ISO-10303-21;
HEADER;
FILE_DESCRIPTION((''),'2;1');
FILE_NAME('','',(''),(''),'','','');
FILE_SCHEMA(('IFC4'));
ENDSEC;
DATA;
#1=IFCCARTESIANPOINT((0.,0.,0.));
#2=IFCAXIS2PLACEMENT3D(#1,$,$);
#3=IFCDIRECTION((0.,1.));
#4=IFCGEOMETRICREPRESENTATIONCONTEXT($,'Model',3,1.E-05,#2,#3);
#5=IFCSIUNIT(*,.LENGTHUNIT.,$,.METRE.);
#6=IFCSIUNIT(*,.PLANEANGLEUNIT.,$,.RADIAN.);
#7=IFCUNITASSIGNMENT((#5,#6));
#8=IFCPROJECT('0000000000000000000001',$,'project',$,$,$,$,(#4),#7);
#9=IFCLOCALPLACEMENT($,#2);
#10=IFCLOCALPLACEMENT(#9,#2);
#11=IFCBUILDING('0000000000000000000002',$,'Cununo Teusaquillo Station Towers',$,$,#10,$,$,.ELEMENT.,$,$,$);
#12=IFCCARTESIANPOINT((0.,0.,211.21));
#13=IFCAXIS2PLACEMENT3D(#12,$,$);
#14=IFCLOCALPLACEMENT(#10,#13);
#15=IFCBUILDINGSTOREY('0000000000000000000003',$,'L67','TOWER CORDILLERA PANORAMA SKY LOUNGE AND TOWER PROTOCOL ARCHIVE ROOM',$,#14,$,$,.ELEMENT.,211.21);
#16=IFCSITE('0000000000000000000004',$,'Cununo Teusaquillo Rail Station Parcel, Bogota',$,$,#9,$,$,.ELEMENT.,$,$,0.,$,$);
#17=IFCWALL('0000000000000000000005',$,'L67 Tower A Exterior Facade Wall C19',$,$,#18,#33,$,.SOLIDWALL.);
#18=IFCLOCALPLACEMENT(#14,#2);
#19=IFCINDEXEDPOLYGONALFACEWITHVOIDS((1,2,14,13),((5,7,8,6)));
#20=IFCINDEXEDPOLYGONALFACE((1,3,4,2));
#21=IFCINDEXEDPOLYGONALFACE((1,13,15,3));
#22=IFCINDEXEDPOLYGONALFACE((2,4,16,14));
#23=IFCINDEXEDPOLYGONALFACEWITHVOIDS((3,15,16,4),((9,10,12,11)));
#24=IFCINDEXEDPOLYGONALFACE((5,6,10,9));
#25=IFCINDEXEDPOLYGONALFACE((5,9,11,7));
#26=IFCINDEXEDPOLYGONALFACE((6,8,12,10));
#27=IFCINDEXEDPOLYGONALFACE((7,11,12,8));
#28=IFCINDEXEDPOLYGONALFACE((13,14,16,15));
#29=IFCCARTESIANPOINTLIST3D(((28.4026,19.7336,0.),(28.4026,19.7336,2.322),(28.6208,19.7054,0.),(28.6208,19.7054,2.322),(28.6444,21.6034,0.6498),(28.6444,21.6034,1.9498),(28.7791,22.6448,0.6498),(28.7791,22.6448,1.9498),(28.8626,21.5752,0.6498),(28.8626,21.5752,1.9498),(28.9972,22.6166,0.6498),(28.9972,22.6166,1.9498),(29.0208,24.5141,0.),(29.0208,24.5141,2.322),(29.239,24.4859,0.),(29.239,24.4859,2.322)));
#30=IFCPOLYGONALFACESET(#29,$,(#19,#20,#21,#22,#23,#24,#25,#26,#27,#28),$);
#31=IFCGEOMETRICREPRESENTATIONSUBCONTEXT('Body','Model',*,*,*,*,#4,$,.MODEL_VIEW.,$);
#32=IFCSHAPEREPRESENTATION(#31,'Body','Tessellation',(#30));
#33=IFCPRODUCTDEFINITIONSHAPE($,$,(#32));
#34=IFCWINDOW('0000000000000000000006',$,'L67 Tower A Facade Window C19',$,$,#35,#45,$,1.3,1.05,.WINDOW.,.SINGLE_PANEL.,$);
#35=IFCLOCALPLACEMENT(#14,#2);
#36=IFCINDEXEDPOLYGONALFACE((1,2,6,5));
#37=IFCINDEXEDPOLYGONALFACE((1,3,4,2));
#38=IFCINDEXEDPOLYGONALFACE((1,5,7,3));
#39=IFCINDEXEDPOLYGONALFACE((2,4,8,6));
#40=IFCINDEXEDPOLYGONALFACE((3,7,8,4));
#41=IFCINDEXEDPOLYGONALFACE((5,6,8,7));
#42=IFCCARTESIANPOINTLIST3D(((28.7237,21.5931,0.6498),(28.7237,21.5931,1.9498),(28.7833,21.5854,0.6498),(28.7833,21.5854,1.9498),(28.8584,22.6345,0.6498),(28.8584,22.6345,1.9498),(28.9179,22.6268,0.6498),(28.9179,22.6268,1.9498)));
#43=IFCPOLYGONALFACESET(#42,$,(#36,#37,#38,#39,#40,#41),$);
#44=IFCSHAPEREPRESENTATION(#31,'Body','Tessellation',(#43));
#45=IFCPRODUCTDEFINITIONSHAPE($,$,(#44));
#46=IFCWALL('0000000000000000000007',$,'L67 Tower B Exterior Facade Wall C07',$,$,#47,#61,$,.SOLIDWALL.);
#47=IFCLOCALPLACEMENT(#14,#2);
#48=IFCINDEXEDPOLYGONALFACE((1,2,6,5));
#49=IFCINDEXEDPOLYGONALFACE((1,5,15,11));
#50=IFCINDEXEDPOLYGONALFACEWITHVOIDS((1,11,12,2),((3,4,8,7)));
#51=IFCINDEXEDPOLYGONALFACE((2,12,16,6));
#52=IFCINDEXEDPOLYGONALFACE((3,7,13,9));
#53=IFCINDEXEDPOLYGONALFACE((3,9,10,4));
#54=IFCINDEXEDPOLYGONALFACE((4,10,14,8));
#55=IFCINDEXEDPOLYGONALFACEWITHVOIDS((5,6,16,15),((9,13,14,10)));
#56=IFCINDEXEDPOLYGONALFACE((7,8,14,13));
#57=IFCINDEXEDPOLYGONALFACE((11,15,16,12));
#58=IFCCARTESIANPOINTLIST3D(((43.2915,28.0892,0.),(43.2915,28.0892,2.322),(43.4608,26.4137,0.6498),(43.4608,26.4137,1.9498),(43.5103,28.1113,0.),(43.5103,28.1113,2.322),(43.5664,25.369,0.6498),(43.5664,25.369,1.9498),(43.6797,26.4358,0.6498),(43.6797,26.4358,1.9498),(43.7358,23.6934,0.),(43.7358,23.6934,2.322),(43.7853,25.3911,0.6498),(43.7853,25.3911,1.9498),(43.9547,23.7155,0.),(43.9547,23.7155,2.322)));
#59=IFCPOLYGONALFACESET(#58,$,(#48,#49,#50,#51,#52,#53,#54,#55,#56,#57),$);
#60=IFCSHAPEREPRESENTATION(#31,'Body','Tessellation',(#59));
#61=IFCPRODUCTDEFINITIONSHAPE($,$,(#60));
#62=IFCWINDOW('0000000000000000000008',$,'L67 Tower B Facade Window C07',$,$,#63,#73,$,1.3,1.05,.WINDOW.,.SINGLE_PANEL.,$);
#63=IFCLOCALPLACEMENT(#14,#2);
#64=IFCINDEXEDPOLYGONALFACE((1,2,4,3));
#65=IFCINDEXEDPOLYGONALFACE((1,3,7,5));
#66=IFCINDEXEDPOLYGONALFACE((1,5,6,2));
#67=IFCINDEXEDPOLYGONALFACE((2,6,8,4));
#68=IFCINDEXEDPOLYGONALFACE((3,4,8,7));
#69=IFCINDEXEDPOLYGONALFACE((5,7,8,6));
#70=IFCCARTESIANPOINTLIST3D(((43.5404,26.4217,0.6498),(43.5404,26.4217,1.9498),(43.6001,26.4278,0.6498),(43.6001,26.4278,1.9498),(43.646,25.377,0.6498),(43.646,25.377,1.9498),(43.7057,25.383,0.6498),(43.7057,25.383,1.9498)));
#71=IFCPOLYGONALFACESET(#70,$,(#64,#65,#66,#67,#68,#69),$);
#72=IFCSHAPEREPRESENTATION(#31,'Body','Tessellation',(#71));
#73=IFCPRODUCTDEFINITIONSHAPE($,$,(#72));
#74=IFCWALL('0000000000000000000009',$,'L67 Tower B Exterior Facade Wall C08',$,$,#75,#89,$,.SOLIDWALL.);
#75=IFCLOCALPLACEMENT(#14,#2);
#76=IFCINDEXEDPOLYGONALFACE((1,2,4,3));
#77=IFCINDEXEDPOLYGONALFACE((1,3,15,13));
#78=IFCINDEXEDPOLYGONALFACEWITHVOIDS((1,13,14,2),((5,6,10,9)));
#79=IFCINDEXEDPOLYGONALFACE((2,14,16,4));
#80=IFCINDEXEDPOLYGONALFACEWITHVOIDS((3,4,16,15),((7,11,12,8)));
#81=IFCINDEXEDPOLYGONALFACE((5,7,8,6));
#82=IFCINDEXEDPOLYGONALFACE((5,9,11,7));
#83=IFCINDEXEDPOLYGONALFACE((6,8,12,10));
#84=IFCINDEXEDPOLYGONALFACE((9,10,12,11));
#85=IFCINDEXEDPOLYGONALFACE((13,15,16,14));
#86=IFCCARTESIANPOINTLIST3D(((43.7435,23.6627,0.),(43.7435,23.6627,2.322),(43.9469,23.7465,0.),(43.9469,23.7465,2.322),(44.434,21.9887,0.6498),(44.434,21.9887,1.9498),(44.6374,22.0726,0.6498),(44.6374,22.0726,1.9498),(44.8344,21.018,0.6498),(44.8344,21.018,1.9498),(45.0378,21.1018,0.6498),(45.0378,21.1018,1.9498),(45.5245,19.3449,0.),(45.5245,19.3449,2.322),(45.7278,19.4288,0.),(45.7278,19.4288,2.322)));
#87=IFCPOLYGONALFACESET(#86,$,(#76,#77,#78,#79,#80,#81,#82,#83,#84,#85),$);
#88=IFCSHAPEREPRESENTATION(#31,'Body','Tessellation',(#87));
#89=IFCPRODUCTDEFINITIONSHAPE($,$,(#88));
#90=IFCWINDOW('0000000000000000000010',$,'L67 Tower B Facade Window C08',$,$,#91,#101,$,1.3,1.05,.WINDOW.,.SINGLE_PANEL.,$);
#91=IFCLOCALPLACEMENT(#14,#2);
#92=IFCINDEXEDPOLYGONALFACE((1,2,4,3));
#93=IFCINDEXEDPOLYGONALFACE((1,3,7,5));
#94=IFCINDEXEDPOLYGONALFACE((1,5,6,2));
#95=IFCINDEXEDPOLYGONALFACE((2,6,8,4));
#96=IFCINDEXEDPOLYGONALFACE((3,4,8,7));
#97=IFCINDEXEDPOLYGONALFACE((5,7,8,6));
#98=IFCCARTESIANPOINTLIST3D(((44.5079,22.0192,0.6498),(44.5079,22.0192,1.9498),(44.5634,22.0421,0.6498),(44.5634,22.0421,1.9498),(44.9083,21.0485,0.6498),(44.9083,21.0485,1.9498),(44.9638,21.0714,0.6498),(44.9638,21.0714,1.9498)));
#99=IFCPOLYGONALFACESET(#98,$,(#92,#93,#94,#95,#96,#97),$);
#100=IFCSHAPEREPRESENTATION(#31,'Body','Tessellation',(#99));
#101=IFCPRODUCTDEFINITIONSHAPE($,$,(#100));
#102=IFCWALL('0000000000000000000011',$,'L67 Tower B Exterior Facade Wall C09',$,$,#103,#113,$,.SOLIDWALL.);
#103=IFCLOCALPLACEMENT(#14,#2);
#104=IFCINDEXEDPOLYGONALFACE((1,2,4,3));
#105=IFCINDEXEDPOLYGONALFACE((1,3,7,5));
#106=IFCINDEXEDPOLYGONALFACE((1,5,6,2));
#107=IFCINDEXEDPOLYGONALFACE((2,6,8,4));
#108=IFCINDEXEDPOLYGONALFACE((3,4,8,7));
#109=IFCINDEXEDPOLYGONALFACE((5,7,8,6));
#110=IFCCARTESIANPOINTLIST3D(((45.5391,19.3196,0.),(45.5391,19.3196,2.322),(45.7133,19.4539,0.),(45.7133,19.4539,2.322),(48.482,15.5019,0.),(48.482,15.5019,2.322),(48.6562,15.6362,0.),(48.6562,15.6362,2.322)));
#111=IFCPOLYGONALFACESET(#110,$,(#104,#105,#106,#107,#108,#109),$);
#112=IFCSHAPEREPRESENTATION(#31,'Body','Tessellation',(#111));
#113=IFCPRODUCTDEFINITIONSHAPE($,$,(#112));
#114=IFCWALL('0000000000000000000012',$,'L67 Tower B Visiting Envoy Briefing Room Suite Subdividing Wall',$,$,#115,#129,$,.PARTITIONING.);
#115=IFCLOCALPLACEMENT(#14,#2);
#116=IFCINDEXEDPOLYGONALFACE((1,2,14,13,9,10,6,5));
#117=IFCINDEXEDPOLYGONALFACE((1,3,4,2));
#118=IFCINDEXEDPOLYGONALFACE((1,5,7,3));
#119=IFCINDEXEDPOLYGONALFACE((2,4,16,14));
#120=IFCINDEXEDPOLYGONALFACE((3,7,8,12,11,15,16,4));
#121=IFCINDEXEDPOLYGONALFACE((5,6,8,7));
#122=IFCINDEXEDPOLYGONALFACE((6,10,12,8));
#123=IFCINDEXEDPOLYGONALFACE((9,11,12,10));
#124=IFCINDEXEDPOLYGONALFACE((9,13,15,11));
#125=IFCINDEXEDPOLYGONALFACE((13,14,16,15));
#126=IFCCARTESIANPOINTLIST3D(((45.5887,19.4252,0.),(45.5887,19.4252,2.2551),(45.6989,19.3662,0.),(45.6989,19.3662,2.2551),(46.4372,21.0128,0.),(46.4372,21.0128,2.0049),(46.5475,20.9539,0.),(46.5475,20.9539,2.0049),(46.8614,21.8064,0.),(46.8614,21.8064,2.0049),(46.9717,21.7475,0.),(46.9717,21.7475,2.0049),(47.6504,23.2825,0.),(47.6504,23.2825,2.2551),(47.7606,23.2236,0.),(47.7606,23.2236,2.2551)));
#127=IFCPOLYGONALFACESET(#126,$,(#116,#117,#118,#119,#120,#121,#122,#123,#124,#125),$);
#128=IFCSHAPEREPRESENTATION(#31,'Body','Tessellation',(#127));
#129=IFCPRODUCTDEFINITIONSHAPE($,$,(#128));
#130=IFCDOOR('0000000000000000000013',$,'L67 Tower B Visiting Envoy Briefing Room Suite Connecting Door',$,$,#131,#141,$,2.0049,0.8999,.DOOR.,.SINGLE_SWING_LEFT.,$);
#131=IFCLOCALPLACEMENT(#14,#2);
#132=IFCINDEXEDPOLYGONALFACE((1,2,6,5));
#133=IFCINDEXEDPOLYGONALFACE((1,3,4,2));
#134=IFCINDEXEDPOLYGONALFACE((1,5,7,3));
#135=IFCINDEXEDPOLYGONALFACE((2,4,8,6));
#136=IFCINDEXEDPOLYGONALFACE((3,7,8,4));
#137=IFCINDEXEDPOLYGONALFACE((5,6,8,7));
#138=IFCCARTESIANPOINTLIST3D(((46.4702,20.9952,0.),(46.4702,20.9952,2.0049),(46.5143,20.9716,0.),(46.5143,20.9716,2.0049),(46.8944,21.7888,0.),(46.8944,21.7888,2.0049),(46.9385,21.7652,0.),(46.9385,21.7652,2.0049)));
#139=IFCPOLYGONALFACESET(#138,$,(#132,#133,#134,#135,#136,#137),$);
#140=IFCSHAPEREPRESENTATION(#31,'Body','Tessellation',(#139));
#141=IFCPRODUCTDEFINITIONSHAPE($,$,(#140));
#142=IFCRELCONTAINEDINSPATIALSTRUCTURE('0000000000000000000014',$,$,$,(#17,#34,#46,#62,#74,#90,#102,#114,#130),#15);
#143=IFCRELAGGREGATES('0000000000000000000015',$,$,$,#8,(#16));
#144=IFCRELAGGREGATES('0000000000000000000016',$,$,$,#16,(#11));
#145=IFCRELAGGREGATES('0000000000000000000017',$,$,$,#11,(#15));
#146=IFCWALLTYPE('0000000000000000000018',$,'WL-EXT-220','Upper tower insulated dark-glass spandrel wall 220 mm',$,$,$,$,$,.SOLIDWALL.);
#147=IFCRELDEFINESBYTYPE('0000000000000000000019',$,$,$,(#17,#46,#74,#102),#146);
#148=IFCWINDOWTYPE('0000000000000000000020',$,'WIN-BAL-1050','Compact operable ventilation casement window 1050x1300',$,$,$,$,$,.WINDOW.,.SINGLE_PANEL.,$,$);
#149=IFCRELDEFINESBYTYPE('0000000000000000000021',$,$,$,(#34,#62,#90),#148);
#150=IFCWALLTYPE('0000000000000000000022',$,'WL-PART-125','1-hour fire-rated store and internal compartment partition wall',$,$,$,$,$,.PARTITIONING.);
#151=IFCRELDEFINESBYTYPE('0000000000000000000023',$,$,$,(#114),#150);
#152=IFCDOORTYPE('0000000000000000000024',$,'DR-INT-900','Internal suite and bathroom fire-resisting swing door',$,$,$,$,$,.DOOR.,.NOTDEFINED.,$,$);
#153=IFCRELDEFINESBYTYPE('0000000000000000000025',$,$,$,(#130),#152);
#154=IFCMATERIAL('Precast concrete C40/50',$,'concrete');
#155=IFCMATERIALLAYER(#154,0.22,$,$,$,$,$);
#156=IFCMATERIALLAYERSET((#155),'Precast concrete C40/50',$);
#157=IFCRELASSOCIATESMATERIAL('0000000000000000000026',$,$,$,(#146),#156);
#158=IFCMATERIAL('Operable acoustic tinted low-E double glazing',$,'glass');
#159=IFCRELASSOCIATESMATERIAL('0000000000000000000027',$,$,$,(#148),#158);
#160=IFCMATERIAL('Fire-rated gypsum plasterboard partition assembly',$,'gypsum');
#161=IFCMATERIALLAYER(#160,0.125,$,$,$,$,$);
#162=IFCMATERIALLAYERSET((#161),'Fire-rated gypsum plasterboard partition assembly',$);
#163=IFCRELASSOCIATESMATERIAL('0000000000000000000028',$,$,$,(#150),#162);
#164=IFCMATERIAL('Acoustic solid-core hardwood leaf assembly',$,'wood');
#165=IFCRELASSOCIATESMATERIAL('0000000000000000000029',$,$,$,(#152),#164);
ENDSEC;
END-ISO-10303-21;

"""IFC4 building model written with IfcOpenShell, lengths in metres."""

from ifc_helpers import new_model, si_unit, direction, frame, frame_2d, origin, place, context, subcontext, project, spatial, rectangle, extrude, source, transform, mapped, material, layer, layer_set, type_object, element, fill, save


model = new_model("IFC4")

# Units and contexts
model_context = context("Model", 3, precision=1e-05, world=origin(), true_north=direction((0.0, 1.0)))
body_context = subcontext(model_context, "Body", "Model", "MODEL_VIEW")
ifc_project = project(units=[si_unit("LENGTHUNIT", "METRE"), si_unit("PLANEANGLEUNIT", "RADIAN")], contexts=[model_context])

# Site, building, storey
site_placement = place(None, origin())
site = spatial("IfcSite", under=ifc_project, at=site_placement, Name="Cununo Teusaquillo Rail Station Parcel, Bogota", CompositionType="ELEMENT", RefElevation=0.0)
building_placement = place(site_placement, origin())
building = spatial("IfcBuilding", under=site, at=building_placement, Name="Cununo Teusaquillo Station Towers", CompositionType="ELEMENT")
storey_placement = place(building_placement, frame((0.0, 0.0, 211.21)))
storey = spatial("IfcBuildingStorey", under=building, at=storey_placement, Name="L67", Description="TOWER CORDILLERA PANORAMA SKY LOUNGE AND TOWER PROTOCOL ARCHIVE ROOM", CompositionType="ELEMENT", Elevation=211.21)

# Shared definitions
ifc_material_1 = material(Name="Precast concrete C40/50", Category="concrete")
ifc_layer_1 = layer(ifc_material_1, 0.22)
ifc_layer_set_1 = layer_set([ifc_layer_1], Name="Precast concrete C40/50")
wall_type_1 = type_object("IfcWallType", Name="WL-EXT-220", Description="Upper tower insulated dark-glass spandrel wall 220 mm", PredefinedType="SOLIDWALL", material=ifc_layer_set_1)

# Walls, openings, windows
wall_1_placement = place(storey_placement, frame((29.1299, 24.5, 0.0), z_axis=(0.0, 0.0, 1.0), x_axis=(-0.128241, -0.991743, 0.0)))
wall_1 = element("IfcWall", 1, at=wall_1_placement, inside=storey, type_object=wall_type_1, Name="L67 Tower A Exterior Facade Wall C19", PredefinedType="SOLIDWALL", context=body_context, shape_type="SweptSolid", body=[
    extrude(rectangle(XDim=4.8203, YDim=0.22, at=frame_2d((2.4102, 0.0))), origin(), (0.0, 0.0, 1.0), 2.322),
])
shared_shape_1 = source(origin(), body_context, "Body", "SweptSolid", [
    extrude(rectangle(XDim=1.05, YDim=1.3, at=frame_2d((0.5249, 0.6499))), frame((0.0, 0.1199, 0.0), z_axis=(0.0, -1.0, 0.0), x_axis=(1.0, 0.0, 0.0)), (0.0, 0.0, 1.0), 0.24),
])
opening_1_placement = place(wall_1_placement, frame((1.885, 0.0, 0.6499)))
opening_1 = element("IfcOpeningElement", 2, at=opening_1_placement, cuts=wall_1, PredefinedType="OPENING", context=body_context, shape_type="MappedRepresentation", body=[
    mapped(shared_shape_1, transform((0.0, 0.0, 0.0), x_axis=(1.0, 0.0, 0.0), y_axis=(0.0, 1.0, 0.0), z_axis=(0.0, 0.0, 1.0), scale=1.0)),
])
ifc_material_2 = material(Name="Operable acoustic tinted low-E double glazing", Category="glass")
window_type = type_object("IfcWindowType", Name="WIN-BAL-1050", Description="Compact operable ventilation casement window 1050x1300", PartitioningType="SINGLE_PANEL", PredefinedType="WINDOW", material=ifc_material_2)
shared_shape_2 = source(origin(), body_context, "Body", "SweptSolid", [
    extrude(rectangle(XDim=1.05, YDim=1.3, at=frame_2d((0.5249, 0.6499))), frame((0.0, 0.03, 0.0), z_axis=(0.0, -1.0, 0.0), x_axis=(1.0, 0.0, 0.0)), (0.0, 0.0, 1.0), 0.0601),
])
window_1_placement = place(opening_1_placement, origin())
window_1 = element("IfcWindow", 3, at=window_1_placement, inside=storey, type_object=window_type, Name="L67 Tower A Facade Window C19", OverallHeight=1.3, OverallWidth=1.05, PartitioningType="SINGLE_PANEL", PredefinedType="WINDOW", context=body_context, shape_type="MappedRepresentation", body=[
    mapped(shared_shape_2, transform((0.0, 0.0, 0.0), x_axis=(1.0, 0.0, 0.0), y_axis=(0.0, 1.0, 0.0), z_axis=(0.0, 0.0, 1.0), scale=1.0)),
])
fill(opening_1, window_1)
wall_2_placement = place(storey_placement, frame((43.8452, 23.7046, 0.0), z_axis=(0.0, 0.0, 1.0), x_axis=(-0.100571, 0.99493, 0.0)))
wall_2 = element("IfcWall", 4, at=wall_2_placement, inside=storey, type_object=wall_type_1, Name="L67 Tower B Exterior Facade Wall C07", PredefinedType="SOLIDWALL", context=body_context, shape_type="SweptSolid", body=[
    extrude(rectangle(XDim=4.4182, YDim=0.22, at=frame_2d((2.209, 0.0))), origin(), (0.0, 0.0, 1.0), 2.322),
])
opening_2_placement = place(wall_2_placement, frame((1.6841, 0.0, 0.6499)))
opening_2 = element("IfcOpeningElement", 5, at=opening_2_placement, cuts=wall_2, PredefinedType="OPENING", context=body_context, shape_type="MappedRepresentation", body=[
    mapped(shared_shape_1, transform((0.0, 0.0, 0.0), x_axis=(1.0, 0.0, 0.0), y_axis=(0.0, 1.0, 0.0), z_axis=(0.0, 0.0, 1.0), scale=1.0)),
])
window_2_placement = place(opening_2_placement, origin())
window_2 = element("IfcWindow", 6, at=window_2_placement, inside=storey, type_object=window_type, Name="L67 Tower B Facade Window C07", OverallHeight=1.3, OverallWidth=1.05, PartitioningType="SINGLE_PANEL", PredefinedType="WINDOW", context=body_context, shape_type="MappedRepresentation", body=[
    mapped(shared_shape_2, transform((0.0, 0.0, 0.0), x_axis=(1.0, 0.0, 0.0), y_axis=(0.0, 1.0, 0.0), z_axis=(0.0, 0.0, 1.0), scale=1.0)),
])
fill(opening_2, window_2)
wall_3_placement = place(storey_placement, frame((45.6262, 19.3867, 0.0), z_axis=(0.0, 0.0, 1.0), x_axis=(-0.38131, 0.924447, 0.0)))
wall_3 = element("IfcWall", 7, at=wall_3_placement, inside=storey, type_object=wall_type_1, Name="L67 Tower B Exterior Facade Wall C08", PredefinedType="SOLIDWALL", context=body_context, shape_type="SweptSolid", body=[
    extrude(rectangle(XDim=4.6707, YDim=0.22, at=frame_2d((2.3354, 0.0))), origin(), (0.0, 0.0, 1.0), 2.322),
])
opening_3_placement = place(wall_3_placement, frame((1.8101, 0.0, 0.6499)))
opening_3 = element("IfcOpeningElement", 8, at=opening_3_placement, cuts=wall_3, PredefinedType="OPENING", context=body_context, shape_type="MappedRepresentation", body=[
    mapped(shared_shape_1, transform((0.0, 0.0, 0.0), x_axis=(1.0, 0.0, 0.0), y_axis=(0.0, 1.0, 0.0), z_axis=(0.0, 0.0, 1.0), scale=1.0)),
])
window_3_placement = place(opening_3_placement, origin())
window_3 = element("IfcWindow", 9, at=window_3_placement, inside=storey, type_object=window_type, Name="L67 Tower B Facade Window C08", OverallHeight=1.3, OverallWidth=1.05, PartitioningType="SINGLE_PANEL", PredefinedType="WINDOW", context=body_context, shape_type="MappedRepresentation", body=[
    mapped(shared_shape_2, transform((0.0, 0.0, 0.0), x_axis=(1.0, 0.0, 0.0), y_axis=(0.0, 1.0, 0.0), z_axis=(0.0, 0.0, 1.0), scale=1.0)),
])
fill(opening_3, window_3)

# Wall
wall_4_placement = place(storey_placement, frame((48.5691, 15.5691, 0.0), z_axis=(0.0, 0.0, 1.0), x_axis=(-0.610523, 0.791998, 0.0)))
element("IfcWall", 10, at=wall_4_placement, inside=storey, type_object=wall_type_1, Name="L67 Tower B Exterior Facade Wall C09", PredefinedType="SOLIDWALL", context=body_context, shape_type="SweptSolid", body=[
    extrude(rectangle(XDim=4.8203, YDim=0.22, at=frame_2d((2.4102, 0.0))), origin(), (0.0, 0.0, 1.0), 2.322),
])

# Wall, opening, door
ifc_material_3 = material(Name="Fire-rated gypsum plasterboard partition assembly", Category="gypsum")
ifc_layer_2 = layer(ifc_material_3, 0.125)
ifc_layer_set_2 = layer_set([ifc_layer_2], Name="Fire-rated gypsum plasterboard partition assembly")
wall_type_2 = type_object("IfcWallType", Name="WL-PART-125", Description="1-hour fire-rated store and internal compartment partition wall", PredefinedType="PARTITIONING", material=ifc_layer_set_2)
wall_5_placement = place(storey_placement, frame((47.7056, 23.2532, 0.0), z_axis=(0.0, 0.0, 1.0), x_axis=(-0.471385, -0.881928, 0.0)))
wall_5 = element("IfcWall", 11, at=wall_5_placement, inside=storey, type_object=wall_type_2, Name="L67 Tower B Visiting Envoy Briefing Room Suite Subdividing Wall", PredefinedType="PARTITIONING", context=body_context, shape_type="SweptSolid", body=[
    extrude(rectangle(XDim=4.3738, YDim=0.125, at=frame_2d((2.187, 0.0))), origin(), (0.0, 0.0, 1.0), 2.2551),
])
shared_shape_3 = source(origin(), body_context, "Body", "SweptSolid", [
    extrude(rectangle(XDim=0.8999, YDim=2.0049, at=frame_2d((0.45, 1.0024))), frame((0.0, 0.0725, 0.0), z_axis=(0.0, -1.0, 0.0), x_axis=(1.0, 0.0, 0.0)), (0.0, 0.0, 1.0), 0.145),
])
opening_4_placement = place(wall_5_placement, frame((1.6738, 0.0, 0.0)))
opening_4 = element("IfcOpeningElement", 12, at=opening_4_placement, cuts=wall_5, PredefinedType="OPENING", context=body_context, shape_type="MappedRepresentation", body=[
    mapped(shared_shape_3, transform((0.0, 0.0, 0.0), x_axis=(1.0, 0.0, 0.0), y_axis=(0.0, 1.0, 0.0), z_axis=(0.0, 0.0, 1.0), scale=1.0)),
])
ifc_material_4 = material(Name="Acoustic solid-core hardwood leaf assembly", Category="wood")
door_type_1 = type_object("IfcDoorType", Name="DR-INT-900", Description="Internal suite and bathroom fire-resisting swing door", OperationType="NOTDEFINED", PredefinedType="DOOR", material=ifc_material_4)
shared_shape_4 = source(origin(), body_context, "Body", "SweptSolid", [
    extrude(rectangle(XDim=0.8999, YDim=2.0049, at=frame_2d((0.45, 1.0024))), frame((0.0, 0.0249, 0.0), z_axis=(0.0, -1.0, 0.0), x_axis=(1.0, 0.0, 0.0)), (0.0, 0.0, 1.0), 0.05),
])
door_1_placement = place(opening_4_placement, origin())
door_1 = element("IfcDoor", 13, at=door_1_placement, inside=storey, type_object=door_type_1, Name="L67 Tower B Visiting Envoy Briefing Room Suite Connecting Door", OperationType="SINGLE_SWING_LEFT", OverallHeight=2.0049, OverallWidth=0.8999, PredefinedType="DOOR", context=body_context, shape_type="MappedRepresentation", body=[
    mapped(shared_shape_4, transform((0.0, 0.0, 0.0), x_axis=(1.0, 0.0, 0.0), y_axis=(0.0, 1.0, 0.0), z_axis=(0.0, 0.0, 1.0), scale=1.0)),
])
fill(opening_4, door_1)

save(model, "model.ifc")
